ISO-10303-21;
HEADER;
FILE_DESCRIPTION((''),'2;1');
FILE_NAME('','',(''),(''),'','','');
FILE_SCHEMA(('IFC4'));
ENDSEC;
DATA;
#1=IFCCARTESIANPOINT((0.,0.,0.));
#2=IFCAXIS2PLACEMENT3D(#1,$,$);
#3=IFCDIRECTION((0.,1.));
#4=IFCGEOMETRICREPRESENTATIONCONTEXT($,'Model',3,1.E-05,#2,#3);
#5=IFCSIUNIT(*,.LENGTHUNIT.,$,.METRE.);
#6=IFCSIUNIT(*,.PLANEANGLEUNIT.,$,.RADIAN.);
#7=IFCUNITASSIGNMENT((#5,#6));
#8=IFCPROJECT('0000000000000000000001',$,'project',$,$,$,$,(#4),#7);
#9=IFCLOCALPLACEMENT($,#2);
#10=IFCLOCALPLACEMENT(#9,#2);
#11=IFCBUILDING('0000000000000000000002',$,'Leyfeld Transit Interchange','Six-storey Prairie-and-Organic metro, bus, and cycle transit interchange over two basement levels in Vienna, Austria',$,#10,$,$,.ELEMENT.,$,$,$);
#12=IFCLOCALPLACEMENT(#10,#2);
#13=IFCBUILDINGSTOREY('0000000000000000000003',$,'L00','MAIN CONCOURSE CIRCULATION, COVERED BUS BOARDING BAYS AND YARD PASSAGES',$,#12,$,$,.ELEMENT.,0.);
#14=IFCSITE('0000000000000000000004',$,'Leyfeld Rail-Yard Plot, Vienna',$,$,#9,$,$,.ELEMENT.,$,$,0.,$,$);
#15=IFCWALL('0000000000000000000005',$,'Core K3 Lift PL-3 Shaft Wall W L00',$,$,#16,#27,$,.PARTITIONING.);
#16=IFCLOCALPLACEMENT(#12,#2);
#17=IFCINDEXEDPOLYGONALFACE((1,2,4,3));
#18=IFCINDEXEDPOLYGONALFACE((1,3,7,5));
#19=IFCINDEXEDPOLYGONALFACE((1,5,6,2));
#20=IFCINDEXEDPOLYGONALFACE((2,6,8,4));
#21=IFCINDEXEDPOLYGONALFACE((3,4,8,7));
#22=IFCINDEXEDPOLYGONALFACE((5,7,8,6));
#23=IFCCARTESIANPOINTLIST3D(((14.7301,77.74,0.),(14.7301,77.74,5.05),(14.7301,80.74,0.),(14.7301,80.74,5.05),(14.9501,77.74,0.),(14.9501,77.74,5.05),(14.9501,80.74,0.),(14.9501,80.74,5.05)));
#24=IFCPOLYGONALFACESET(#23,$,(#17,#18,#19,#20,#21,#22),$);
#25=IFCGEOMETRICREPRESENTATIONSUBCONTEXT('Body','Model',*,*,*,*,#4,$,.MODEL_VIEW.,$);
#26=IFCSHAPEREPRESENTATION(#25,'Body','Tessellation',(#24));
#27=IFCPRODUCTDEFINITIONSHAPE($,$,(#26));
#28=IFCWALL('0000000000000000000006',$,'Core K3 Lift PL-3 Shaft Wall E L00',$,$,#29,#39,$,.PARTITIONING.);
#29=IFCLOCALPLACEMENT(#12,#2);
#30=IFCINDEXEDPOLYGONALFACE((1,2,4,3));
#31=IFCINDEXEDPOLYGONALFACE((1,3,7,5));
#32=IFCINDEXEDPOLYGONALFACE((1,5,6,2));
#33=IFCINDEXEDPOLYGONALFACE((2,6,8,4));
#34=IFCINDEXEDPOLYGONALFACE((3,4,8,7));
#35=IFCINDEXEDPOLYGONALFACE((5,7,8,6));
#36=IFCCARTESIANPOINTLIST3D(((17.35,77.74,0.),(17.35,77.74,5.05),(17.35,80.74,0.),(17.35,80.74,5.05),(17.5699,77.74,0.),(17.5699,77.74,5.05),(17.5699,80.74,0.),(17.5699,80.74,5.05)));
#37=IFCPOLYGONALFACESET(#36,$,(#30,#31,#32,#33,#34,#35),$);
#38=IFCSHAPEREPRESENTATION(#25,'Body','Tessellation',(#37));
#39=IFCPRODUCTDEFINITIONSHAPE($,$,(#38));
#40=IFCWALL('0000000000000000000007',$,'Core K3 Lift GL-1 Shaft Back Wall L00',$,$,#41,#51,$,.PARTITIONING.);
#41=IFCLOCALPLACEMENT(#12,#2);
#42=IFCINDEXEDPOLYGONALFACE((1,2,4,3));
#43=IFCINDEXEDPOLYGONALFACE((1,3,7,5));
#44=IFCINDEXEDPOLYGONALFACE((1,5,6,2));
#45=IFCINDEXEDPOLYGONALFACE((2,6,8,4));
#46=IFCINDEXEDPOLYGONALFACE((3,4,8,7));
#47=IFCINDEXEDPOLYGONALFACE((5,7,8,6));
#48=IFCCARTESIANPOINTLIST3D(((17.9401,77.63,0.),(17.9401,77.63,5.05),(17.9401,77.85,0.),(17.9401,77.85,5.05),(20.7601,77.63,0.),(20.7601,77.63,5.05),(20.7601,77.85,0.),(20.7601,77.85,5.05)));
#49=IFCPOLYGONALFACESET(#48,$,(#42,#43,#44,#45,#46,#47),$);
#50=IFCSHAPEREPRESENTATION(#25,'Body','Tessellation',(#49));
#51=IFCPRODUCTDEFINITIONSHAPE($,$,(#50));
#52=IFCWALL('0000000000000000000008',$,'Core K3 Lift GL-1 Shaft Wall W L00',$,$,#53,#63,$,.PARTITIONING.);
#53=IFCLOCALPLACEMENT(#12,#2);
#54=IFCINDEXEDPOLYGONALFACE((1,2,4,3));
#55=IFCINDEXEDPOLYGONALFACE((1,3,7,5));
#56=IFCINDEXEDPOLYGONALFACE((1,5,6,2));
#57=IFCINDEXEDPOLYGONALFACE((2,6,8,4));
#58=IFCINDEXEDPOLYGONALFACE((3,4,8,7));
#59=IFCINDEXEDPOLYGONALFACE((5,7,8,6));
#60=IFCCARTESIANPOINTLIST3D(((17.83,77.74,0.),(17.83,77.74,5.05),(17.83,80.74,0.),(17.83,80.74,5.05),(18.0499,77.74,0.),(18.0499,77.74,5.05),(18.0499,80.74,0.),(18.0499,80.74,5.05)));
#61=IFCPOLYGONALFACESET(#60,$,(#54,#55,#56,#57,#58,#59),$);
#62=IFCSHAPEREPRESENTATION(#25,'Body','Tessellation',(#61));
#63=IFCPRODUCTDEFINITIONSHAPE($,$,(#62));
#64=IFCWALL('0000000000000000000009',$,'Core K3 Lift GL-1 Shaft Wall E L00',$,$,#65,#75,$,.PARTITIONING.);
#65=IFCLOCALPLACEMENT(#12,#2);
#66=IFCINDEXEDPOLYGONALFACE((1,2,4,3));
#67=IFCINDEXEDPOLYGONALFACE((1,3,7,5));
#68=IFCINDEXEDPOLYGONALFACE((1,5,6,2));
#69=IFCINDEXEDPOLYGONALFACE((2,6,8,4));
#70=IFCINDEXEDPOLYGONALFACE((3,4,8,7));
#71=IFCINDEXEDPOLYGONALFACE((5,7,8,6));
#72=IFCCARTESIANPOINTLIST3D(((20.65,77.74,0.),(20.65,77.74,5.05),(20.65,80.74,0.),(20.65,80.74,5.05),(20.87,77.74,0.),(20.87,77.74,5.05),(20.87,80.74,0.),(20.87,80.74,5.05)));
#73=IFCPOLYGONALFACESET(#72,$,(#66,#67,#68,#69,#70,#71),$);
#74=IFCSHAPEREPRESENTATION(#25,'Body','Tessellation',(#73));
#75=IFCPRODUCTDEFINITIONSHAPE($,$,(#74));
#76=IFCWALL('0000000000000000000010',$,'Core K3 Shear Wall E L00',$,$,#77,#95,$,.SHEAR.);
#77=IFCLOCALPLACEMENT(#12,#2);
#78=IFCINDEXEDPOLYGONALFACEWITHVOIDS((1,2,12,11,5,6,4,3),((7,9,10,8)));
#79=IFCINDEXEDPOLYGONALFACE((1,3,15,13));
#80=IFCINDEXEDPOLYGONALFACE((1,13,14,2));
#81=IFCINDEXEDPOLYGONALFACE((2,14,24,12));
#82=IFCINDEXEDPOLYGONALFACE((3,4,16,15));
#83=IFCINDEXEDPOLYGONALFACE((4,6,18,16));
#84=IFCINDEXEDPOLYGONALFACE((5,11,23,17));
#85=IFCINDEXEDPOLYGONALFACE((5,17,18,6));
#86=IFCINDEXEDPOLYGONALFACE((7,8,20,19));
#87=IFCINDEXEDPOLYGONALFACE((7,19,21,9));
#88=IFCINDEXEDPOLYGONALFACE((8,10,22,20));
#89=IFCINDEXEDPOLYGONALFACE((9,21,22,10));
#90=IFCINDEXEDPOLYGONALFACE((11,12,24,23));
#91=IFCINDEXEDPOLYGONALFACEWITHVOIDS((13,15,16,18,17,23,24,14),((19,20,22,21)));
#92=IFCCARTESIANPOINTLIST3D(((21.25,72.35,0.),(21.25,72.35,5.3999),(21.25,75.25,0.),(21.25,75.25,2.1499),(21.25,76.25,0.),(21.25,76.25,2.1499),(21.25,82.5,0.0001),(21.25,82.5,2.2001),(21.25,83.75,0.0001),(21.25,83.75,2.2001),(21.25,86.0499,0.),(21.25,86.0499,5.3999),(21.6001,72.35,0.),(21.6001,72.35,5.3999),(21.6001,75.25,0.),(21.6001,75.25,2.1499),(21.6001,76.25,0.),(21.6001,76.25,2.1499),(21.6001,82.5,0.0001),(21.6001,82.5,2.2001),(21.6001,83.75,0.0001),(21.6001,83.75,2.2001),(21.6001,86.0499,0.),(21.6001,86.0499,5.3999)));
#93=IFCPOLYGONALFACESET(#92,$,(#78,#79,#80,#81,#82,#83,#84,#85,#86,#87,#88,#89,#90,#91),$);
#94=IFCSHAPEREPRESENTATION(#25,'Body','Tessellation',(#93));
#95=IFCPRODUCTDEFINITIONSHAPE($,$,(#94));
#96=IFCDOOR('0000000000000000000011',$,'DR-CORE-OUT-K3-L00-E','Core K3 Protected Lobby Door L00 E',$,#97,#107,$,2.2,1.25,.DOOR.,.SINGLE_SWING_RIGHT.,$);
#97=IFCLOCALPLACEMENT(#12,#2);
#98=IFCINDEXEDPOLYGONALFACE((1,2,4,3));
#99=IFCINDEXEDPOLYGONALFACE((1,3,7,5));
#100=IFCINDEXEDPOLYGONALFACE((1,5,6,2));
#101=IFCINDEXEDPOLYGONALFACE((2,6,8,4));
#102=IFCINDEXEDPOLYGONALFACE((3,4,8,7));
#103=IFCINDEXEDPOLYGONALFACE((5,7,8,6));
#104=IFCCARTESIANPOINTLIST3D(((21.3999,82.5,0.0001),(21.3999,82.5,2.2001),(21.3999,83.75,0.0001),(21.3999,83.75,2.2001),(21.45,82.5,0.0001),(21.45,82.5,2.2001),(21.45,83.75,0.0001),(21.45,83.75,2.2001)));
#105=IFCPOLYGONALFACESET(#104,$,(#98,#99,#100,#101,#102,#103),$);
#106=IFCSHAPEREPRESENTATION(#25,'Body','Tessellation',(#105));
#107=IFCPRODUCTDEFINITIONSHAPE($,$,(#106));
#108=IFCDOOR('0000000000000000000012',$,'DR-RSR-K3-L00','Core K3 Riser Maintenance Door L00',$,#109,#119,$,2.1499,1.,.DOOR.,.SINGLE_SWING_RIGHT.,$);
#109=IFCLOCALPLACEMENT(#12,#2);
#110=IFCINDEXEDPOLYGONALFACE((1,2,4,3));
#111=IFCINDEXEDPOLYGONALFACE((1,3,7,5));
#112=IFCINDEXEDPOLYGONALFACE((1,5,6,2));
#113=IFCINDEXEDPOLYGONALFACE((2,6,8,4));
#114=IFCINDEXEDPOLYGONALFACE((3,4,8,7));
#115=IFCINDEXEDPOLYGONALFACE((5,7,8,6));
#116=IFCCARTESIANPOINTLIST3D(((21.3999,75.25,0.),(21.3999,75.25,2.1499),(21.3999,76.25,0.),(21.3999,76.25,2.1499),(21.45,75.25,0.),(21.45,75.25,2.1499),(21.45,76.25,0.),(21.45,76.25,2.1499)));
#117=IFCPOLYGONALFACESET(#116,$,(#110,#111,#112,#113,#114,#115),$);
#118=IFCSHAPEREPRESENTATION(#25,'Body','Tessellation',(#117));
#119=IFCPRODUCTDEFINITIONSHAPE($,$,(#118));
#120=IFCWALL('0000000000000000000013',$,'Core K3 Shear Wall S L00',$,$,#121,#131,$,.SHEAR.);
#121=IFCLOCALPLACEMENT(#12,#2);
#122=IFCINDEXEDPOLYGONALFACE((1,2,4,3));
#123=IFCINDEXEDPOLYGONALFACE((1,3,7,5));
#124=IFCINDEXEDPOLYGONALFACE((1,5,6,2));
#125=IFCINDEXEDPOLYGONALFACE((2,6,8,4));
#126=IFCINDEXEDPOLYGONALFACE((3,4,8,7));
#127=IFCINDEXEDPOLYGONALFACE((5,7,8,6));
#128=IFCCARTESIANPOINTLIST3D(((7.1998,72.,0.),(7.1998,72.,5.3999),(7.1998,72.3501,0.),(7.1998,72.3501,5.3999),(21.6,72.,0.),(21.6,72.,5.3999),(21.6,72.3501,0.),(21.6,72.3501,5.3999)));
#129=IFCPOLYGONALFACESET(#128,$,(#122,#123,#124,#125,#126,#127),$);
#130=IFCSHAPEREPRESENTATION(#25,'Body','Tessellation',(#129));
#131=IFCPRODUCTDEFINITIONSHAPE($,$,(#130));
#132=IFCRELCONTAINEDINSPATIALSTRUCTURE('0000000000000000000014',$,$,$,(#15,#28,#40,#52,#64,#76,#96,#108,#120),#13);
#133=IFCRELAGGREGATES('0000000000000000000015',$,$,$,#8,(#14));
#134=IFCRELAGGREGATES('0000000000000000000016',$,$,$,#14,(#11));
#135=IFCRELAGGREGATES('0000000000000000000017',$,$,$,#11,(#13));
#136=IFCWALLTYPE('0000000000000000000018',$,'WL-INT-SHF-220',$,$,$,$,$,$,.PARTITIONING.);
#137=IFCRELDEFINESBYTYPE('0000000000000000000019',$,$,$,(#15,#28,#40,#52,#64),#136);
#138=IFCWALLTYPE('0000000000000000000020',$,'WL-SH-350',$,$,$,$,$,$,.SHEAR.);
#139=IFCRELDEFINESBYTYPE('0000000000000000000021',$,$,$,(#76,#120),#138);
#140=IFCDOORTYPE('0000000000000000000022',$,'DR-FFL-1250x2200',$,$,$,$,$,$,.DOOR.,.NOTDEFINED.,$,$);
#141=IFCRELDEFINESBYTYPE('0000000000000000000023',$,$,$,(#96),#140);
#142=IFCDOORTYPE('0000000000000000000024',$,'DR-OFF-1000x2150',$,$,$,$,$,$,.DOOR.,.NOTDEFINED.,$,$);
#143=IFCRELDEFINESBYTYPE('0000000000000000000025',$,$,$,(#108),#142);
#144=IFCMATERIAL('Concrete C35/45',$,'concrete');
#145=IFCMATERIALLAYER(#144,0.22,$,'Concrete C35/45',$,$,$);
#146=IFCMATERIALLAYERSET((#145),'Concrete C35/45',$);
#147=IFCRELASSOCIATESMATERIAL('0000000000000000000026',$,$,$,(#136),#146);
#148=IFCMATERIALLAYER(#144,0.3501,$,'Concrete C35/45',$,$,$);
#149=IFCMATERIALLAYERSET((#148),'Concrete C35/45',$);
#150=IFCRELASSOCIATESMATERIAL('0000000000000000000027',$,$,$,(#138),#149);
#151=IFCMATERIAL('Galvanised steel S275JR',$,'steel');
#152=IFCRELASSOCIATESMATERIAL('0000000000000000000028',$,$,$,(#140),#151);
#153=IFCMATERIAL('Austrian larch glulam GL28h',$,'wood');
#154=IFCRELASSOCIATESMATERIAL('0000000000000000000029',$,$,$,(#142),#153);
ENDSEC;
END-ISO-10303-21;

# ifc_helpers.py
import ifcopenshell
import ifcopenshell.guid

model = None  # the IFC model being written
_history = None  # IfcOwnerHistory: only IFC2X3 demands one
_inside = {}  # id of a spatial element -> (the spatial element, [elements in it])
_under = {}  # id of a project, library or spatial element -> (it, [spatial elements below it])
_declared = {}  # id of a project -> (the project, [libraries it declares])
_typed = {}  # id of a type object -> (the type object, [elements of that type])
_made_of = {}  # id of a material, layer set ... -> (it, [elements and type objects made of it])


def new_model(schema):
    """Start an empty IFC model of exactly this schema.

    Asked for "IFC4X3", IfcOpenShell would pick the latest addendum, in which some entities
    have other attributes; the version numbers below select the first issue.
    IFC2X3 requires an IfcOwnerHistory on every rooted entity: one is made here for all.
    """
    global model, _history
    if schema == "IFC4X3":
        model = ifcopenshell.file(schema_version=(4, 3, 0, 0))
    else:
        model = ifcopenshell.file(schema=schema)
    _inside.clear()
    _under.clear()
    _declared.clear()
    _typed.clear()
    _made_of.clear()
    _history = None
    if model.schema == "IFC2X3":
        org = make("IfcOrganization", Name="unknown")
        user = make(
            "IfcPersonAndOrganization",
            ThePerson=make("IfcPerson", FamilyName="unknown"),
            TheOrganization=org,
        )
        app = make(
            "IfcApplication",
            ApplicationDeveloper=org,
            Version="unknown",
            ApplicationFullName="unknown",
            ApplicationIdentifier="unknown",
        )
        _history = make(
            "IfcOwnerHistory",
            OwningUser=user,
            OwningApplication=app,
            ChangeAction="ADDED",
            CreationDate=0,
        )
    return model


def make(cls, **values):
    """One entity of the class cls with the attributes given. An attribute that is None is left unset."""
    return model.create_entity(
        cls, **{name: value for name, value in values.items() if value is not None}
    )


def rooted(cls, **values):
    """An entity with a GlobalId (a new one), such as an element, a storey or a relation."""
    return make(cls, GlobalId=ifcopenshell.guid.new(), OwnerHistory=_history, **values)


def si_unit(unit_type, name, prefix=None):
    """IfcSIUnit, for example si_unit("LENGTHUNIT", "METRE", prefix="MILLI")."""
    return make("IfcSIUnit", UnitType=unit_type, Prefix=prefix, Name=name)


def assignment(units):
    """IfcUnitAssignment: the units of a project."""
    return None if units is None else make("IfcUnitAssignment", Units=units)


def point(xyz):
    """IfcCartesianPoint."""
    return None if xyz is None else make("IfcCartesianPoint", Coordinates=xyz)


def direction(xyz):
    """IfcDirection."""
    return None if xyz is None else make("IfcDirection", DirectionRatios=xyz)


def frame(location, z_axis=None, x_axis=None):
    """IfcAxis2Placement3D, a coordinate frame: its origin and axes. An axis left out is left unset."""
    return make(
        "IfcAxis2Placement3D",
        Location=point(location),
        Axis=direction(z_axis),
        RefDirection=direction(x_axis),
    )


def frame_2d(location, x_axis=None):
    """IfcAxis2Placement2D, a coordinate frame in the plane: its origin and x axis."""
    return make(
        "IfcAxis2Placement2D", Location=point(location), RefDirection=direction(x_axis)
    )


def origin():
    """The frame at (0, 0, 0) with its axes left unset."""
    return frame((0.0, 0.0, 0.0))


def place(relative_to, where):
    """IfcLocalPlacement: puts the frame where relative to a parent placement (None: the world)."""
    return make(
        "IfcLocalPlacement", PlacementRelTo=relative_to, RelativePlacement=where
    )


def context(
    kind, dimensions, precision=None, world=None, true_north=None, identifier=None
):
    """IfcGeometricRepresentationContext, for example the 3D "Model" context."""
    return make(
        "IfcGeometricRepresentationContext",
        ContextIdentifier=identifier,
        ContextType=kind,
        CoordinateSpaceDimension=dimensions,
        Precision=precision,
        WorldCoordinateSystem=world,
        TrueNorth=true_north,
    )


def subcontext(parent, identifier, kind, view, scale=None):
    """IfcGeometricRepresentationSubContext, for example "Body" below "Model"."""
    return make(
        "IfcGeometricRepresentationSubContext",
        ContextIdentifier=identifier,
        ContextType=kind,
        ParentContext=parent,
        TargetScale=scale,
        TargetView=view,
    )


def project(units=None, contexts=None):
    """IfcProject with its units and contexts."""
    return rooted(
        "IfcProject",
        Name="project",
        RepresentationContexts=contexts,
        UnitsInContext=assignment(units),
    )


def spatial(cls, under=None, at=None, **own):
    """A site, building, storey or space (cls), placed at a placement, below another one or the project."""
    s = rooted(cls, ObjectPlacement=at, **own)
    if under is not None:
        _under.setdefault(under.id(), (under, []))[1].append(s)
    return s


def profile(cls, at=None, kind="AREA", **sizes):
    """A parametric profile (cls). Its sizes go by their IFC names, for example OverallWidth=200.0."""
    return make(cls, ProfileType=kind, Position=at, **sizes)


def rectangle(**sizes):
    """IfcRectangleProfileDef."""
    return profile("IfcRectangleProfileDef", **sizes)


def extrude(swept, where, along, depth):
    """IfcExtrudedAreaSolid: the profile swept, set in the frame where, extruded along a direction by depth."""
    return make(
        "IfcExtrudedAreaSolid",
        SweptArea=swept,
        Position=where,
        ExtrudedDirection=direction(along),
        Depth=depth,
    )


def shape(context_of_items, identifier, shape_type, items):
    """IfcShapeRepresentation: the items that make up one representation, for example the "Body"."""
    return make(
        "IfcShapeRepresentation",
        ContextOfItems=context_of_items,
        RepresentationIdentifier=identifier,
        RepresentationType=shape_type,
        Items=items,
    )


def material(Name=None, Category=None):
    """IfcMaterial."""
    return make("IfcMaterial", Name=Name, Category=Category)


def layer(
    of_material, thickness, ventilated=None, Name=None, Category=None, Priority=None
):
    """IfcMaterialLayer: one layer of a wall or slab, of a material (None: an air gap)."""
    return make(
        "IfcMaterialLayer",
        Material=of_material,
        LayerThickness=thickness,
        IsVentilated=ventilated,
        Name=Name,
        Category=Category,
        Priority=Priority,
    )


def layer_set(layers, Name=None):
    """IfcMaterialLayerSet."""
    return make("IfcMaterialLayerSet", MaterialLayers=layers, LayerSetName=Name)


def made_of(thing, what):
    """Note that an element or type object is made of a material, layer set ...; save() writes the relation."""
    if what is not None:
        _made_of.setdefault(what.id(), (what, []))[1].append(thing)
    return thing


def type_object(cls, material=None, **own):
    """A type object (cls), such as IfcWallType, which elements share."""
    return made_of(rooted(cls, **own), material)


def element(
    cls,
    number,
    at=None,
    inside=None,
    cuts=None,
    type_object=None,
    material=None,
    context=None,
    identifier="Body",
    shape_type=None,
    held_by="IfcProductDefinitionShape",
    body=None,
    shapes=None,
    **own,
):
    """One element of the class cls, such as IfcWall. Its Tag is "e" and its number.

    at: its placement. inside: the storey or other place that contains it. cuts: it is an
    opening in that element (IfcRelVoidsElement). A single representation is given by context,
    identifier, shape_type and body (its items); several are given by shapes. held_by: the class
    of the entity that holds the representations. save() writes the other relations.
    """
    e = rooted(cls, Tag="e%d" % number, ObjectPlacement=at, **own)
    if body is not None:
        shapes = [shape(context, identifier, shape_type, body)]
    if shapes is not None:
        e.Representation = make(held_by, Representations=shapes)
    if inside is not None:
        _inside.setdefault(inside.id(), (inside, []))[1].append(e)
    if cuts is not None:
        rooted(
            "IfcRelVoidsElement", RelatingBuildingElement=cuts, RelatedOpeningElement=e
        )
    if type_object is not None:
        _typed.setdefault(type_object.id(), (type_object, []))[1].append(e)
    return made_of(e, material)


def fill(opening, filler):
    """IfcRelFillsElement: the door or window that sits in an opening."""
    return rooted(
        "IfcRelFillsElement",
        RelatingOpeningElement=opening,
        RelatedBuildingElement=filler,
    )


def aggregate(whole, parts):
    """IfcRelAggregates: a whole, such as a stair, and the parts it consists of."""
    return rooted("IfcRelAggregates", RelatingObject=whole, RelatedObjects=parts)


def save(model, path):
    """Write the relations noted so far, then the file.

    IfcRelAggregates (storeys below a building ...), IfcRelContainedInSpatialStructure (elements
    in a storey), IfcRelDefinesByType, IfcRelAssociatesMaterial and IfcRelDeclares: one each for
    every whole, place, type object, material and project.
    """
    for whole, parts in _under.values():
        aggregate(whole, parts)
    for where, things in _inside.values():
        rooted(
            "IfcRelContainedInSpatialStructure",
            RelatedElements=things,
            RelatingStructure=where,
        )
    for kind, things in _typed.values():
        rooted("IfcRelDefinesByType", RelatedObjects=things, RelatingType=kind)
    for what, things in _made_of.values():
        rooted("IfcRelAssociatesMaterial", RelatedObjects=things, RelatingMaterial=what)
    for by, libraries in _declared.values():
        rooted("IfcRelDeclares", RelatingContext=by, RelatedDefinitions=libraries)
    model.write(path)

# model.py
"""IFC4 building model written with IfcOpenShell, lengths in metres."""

from ifc_helpers import new_model, si_unit, direction, frame, frame_2d, origin, place, context, subcontext, project, spatial, rectangle, extrude, material, layer, layer_set, type_object, element, fill, save


model = new_model("IFC4")

# Units and contexts
model_context = context("Model", 3, precision=1e-05, world=origin(), true_north=direction((0.0, 1.0)))
body_context = subcontext(model_context, "Body", "Model", "MODEL_VIEW")
ifc_project = project(units=[si_unit("LENGTHUNIT", "METRE"), si_unit("PLANEANGLEUNIT", "RADIAN")], contexts=[model_context])

# Site, building, storey
site_placement = place(None, origin())
site = spatial("IfcSite", under=ifc_project, at=site_placement, Name="Leyfeld Rail-Yard Plot, Vienna", CompositionType="ELEMENT", RefElevation=0.0)
building_placement = place(site_placement, origin())
building = spatial("IfcBuilding", under=site, at=building_placement, Name="Leyfeld Transit Interchange", Description="Six-storey Prairie-and-Organic metro, bus, and cycle transit interchange over two basement levels in Vienna, Austria", CompositionType="ELEMENT")
storey_placement = place(building_placement, origin())
storey = spatial("IfcBuildingStorey", under=building, at=storey_placement, Name="L00", Description="MAIN CONCOURSE CIRCULATION, COVERED BUS BOARDING BAYS AND YARD PASSAGES", CompositionType="ELEMENT", Elevation=0.0)

# Shared definitions
ifc_material_1 = material(Name="Concrete C35/45", Category="concrete")

# Shared definitions
ifc_layer_1 = layer(ifc_material_1, 0.22, Name="Concrete C35/45")
ifc_layer_set_1 = layer_set([ifc_layer_1], Name="Concrete C35/45")
wall_type_1 = type_object("IfcWallType", Name="WL-INT-SHF-220", PredefinedType="PARTITIONING", material=ifc_layer_set_1)

# Walls
for number, where, z_axis, x_axis, name in (
    (1, (14.8401, 77.74, 0.0), (0.0, 0.0, 1.0), (0.0, 1.0, 0.0), "Core K3 Lift PL-3 Shaft Wall W L00"),
    (2, (17.46, 77.74, 0.0), (0.0, 0.0, 1.0), (0.0, 1.0, 0.0), "Core K3 Lift PL-3 Shaft Wall E L00"),
):
    element("IfcWall", number, at=place(storey_placement, frame(where, z_axis=z_axis, x_axis=x_axis)), inside=storey, type_object=wall_type_1, Name=name, PredefinedType="PARTITIONING", context=body_context, shape_type="SweptSolid", body=[
        extrude(rectangle(XDim=3.0, YDim=0.22, at=frame_2d((1.5, 0.0))), origin(), (0.0, 0.0, 1.0), 5.05),
    ])
wall_1_placement = place(storey_placement, frame((17.9399, 77.74, 0.0), z_axis=(0.0, 0.0, 1.0), x_axis=(1.0, 0.0, 0.0)))
element("IfcWall", 3, at=wall_1_placement, inside=storey, type_object=wall_type_1, Name="Core K3 Lift GL-1 Shaft Back Wall L00", PredefinedType="PARTITIONING", context=body_context, shape_type="SweptSolid", body=[
    extrude(rectangle(XDim=2.8201, YDim=0.22, at=frame_2d((1.4102, 0.0))), origin(), (0.0, 0.0, 1.0), 5.05),
])
for number, where, z_axis, x_axis, name in (
    (4, (17.9399, 77.74, 0.0), (0.0, 0.0, 1.0), (0.0, 1.0, 0.0), "Core K3 Lift GL-1 Shaft Wall W L00"),
    (5, (20.76, 77.74, 0.0), (0.0, 0.0, 1.0), (0.0, 1.0, 0.0), "Core K3 Lift GL-1 Shaft Wall E L00"),
):
    element("IfcWall", number, at=place(storey_placement, frame(where, z_axis=z_axis, x_axis=x_axis)), inside=storey, type_object=wall_type_1, Name=name, PredefinedType="PARTITIONING", context=body_context, shape_type="SweptSolid", body=[
        extrude(rectangle(XDim=3.0, YDim=0.22, at=frame_2d((1.5, 0.0))), origin(), (0.0, 0.0, 1.0), 5.05),
    ])

# Wall, openings, doors
ifc_layer_2 = layer(ifc_material_1, 0.3501, Name="Concrete C35/45")
ifc_layer_set_2 = layer_set([ifc_layer_2], Name="Concrete C35/45")
wall_type_2 = type_object("IfcWallType", Name="WL-SH-350", PredefinedType="SHEAR", material=ifc_layer_set_2)
wall_2_placement = place(storey_placement, frame((21.425, 86.05, 0.0), z_axis=(0.0, 0.0, 1.0), x_axis=(0.0, -1.0, 0.0)))
wall_2 = element("IfcWall", 6, at=wall_2_placement, inside=storey, type_object=wall_type_2, Name="Core K3 Shear Wall E L00", PredefinedType="SHEAR", context=body_context, shape_type="SweptSolid", body=[
    extrude(rectangle(XDim=13.7, YDim=0.3501, at=frame_2d((6.8501, 0.0))), origin(), (0.0, 0.0, 1.0), 5.3999),
])
opening_1_placement = place(wall_2_placement, frame((9.8, 0.0, 0.0)))
opening_1 = element("IfcOpeningElement", 7, at=opening_1_placement, cuts=wall_2, PredefinedType="OPENING", context=body_context, shape_type="SweptSolid", body=[
    extrude(rectangle(XDim=1.0, YDim=2.1499, at=frame_2d((0.5, 1.075))), frame((0.0, 0.1851, 0.0), z_axis=(0.0, -1.0, 0.0), x_axis=(1.0, 0.0, 0.0)), (0.0, 0.0, 1.0), 0.3701),
])
opening_2_placement = place(wall_2_placement, frame((2.3, 0.0, 0.0)))
opening_2 = element("IfcOpeningElement", 8, at=opening_2_placement, cuts=wall_2, PredefinedType="OPENING", context=body_context, shape_type="SweptSolid", body=[
    extrude(rectangle(XDim=1.25, YDim=2.2, at=frame_2d((0.625, 1.1001))), frame((0.0, 0.1851, 0.0), z_axis=(0.0, -1.0, 0.0), x_axis=(1.0, 0.0, 0.0)), (0.0, 0.0, 1.0), 0.3701),
])
ifc_material_2 = material(Name="Galvanised steel S275JR", Category="steel")
door_type_1 = type_object("IfcDoorType", Name="DR-FFL-1250x2200", OperationType="NOTDEFINED", PredefinedType="DOOR", material=ifc_material_2)
door_1_placement = place(opening_2_placement, origin())
door_1 = element("IfcDoor", 9, at=door_1_placement, inside=storey, type_object=door_type_1, Name="DR-CORE-OUT-K3-L00-E", Description="Core K3 Protected Lobby Door L00 E", OperationType="SINGLE_SWING_RIGHT", OverallHeight=2.2, OverallWidth=1.25, PredefinedType="DOOR", context=body_context, shape_type="SweptSolid", body=[
    extrude(rectangle(XDim=1.25, YDim=2.2, at=frame_2d((0.625, 1.1001))), frame((0.0, 0.0249, 0.0), z_axis=(0.0, -1.0, 0.0), x_axis=(1.0, 0.0, 0.0)), (0.0, 0.0, 1.0), 0.05),
])
fill(opening_2, door_1)
ifc_material_3 = material(Name="Austrian larch glulam GL28h", Category="wood")
door_type_2 = type_object("IfcDoorType", Name="DR-OFF-1000x2150", OperationType="NOTDEFINED", PredefinedType="DOOR", material=ifc_material_3)
door_2_placement = place(opening_1_placement, origin())
door_2 = element("IfcDoor", 10, at=door_2_placement, inside=storey, type_object=door_type_2, Name="DR-RSR-K3-L00", Description="Core K3 Riser Maintenance Door L00", OperationType="SINGLE_SWING_RIGHT", OverallHeight=2.1499, OverallWidth=1.0, PredefinedType="DOOR", context=body_context, shape_type="SweptSolid", body=[
    extrude(rectangle(XDim=1.0, YDim=2.1499, at=frame_2d((0.5, 1.075))), frame((0.0, 0.0249, 0.0), z_axis=(0.0, -1.0, 0.0), x_axis=(1.0, 0.0, 0.0)), (0.0, 0.0, 1.0), 0.05),
])
fill(opening_1, door_2)

# Wall
wall_3_placement = place(storey_placement, frame((21.6001, 72.175, 0.0), z_axis=(0.0, 0.0, 1.0), x_axis=(-1.0, 0.0, 0.0)))
element("IfcWall", 11, at=wall_3_placement, inside=storey, type_object=wall_type_2, Name="Core K3 Shear Wall S L00", PredefinedType="SHEAR", context=body_context, shape_type="SweptSolid", body=[
    extrude(rectangle(XDim=14.4001, YDim=0.3501, at=frame_2d((7.2002, 0.0))), origin(), (0.0, 0.0, 1.0), 5.3999),
])

save(model, "model.ifc")
